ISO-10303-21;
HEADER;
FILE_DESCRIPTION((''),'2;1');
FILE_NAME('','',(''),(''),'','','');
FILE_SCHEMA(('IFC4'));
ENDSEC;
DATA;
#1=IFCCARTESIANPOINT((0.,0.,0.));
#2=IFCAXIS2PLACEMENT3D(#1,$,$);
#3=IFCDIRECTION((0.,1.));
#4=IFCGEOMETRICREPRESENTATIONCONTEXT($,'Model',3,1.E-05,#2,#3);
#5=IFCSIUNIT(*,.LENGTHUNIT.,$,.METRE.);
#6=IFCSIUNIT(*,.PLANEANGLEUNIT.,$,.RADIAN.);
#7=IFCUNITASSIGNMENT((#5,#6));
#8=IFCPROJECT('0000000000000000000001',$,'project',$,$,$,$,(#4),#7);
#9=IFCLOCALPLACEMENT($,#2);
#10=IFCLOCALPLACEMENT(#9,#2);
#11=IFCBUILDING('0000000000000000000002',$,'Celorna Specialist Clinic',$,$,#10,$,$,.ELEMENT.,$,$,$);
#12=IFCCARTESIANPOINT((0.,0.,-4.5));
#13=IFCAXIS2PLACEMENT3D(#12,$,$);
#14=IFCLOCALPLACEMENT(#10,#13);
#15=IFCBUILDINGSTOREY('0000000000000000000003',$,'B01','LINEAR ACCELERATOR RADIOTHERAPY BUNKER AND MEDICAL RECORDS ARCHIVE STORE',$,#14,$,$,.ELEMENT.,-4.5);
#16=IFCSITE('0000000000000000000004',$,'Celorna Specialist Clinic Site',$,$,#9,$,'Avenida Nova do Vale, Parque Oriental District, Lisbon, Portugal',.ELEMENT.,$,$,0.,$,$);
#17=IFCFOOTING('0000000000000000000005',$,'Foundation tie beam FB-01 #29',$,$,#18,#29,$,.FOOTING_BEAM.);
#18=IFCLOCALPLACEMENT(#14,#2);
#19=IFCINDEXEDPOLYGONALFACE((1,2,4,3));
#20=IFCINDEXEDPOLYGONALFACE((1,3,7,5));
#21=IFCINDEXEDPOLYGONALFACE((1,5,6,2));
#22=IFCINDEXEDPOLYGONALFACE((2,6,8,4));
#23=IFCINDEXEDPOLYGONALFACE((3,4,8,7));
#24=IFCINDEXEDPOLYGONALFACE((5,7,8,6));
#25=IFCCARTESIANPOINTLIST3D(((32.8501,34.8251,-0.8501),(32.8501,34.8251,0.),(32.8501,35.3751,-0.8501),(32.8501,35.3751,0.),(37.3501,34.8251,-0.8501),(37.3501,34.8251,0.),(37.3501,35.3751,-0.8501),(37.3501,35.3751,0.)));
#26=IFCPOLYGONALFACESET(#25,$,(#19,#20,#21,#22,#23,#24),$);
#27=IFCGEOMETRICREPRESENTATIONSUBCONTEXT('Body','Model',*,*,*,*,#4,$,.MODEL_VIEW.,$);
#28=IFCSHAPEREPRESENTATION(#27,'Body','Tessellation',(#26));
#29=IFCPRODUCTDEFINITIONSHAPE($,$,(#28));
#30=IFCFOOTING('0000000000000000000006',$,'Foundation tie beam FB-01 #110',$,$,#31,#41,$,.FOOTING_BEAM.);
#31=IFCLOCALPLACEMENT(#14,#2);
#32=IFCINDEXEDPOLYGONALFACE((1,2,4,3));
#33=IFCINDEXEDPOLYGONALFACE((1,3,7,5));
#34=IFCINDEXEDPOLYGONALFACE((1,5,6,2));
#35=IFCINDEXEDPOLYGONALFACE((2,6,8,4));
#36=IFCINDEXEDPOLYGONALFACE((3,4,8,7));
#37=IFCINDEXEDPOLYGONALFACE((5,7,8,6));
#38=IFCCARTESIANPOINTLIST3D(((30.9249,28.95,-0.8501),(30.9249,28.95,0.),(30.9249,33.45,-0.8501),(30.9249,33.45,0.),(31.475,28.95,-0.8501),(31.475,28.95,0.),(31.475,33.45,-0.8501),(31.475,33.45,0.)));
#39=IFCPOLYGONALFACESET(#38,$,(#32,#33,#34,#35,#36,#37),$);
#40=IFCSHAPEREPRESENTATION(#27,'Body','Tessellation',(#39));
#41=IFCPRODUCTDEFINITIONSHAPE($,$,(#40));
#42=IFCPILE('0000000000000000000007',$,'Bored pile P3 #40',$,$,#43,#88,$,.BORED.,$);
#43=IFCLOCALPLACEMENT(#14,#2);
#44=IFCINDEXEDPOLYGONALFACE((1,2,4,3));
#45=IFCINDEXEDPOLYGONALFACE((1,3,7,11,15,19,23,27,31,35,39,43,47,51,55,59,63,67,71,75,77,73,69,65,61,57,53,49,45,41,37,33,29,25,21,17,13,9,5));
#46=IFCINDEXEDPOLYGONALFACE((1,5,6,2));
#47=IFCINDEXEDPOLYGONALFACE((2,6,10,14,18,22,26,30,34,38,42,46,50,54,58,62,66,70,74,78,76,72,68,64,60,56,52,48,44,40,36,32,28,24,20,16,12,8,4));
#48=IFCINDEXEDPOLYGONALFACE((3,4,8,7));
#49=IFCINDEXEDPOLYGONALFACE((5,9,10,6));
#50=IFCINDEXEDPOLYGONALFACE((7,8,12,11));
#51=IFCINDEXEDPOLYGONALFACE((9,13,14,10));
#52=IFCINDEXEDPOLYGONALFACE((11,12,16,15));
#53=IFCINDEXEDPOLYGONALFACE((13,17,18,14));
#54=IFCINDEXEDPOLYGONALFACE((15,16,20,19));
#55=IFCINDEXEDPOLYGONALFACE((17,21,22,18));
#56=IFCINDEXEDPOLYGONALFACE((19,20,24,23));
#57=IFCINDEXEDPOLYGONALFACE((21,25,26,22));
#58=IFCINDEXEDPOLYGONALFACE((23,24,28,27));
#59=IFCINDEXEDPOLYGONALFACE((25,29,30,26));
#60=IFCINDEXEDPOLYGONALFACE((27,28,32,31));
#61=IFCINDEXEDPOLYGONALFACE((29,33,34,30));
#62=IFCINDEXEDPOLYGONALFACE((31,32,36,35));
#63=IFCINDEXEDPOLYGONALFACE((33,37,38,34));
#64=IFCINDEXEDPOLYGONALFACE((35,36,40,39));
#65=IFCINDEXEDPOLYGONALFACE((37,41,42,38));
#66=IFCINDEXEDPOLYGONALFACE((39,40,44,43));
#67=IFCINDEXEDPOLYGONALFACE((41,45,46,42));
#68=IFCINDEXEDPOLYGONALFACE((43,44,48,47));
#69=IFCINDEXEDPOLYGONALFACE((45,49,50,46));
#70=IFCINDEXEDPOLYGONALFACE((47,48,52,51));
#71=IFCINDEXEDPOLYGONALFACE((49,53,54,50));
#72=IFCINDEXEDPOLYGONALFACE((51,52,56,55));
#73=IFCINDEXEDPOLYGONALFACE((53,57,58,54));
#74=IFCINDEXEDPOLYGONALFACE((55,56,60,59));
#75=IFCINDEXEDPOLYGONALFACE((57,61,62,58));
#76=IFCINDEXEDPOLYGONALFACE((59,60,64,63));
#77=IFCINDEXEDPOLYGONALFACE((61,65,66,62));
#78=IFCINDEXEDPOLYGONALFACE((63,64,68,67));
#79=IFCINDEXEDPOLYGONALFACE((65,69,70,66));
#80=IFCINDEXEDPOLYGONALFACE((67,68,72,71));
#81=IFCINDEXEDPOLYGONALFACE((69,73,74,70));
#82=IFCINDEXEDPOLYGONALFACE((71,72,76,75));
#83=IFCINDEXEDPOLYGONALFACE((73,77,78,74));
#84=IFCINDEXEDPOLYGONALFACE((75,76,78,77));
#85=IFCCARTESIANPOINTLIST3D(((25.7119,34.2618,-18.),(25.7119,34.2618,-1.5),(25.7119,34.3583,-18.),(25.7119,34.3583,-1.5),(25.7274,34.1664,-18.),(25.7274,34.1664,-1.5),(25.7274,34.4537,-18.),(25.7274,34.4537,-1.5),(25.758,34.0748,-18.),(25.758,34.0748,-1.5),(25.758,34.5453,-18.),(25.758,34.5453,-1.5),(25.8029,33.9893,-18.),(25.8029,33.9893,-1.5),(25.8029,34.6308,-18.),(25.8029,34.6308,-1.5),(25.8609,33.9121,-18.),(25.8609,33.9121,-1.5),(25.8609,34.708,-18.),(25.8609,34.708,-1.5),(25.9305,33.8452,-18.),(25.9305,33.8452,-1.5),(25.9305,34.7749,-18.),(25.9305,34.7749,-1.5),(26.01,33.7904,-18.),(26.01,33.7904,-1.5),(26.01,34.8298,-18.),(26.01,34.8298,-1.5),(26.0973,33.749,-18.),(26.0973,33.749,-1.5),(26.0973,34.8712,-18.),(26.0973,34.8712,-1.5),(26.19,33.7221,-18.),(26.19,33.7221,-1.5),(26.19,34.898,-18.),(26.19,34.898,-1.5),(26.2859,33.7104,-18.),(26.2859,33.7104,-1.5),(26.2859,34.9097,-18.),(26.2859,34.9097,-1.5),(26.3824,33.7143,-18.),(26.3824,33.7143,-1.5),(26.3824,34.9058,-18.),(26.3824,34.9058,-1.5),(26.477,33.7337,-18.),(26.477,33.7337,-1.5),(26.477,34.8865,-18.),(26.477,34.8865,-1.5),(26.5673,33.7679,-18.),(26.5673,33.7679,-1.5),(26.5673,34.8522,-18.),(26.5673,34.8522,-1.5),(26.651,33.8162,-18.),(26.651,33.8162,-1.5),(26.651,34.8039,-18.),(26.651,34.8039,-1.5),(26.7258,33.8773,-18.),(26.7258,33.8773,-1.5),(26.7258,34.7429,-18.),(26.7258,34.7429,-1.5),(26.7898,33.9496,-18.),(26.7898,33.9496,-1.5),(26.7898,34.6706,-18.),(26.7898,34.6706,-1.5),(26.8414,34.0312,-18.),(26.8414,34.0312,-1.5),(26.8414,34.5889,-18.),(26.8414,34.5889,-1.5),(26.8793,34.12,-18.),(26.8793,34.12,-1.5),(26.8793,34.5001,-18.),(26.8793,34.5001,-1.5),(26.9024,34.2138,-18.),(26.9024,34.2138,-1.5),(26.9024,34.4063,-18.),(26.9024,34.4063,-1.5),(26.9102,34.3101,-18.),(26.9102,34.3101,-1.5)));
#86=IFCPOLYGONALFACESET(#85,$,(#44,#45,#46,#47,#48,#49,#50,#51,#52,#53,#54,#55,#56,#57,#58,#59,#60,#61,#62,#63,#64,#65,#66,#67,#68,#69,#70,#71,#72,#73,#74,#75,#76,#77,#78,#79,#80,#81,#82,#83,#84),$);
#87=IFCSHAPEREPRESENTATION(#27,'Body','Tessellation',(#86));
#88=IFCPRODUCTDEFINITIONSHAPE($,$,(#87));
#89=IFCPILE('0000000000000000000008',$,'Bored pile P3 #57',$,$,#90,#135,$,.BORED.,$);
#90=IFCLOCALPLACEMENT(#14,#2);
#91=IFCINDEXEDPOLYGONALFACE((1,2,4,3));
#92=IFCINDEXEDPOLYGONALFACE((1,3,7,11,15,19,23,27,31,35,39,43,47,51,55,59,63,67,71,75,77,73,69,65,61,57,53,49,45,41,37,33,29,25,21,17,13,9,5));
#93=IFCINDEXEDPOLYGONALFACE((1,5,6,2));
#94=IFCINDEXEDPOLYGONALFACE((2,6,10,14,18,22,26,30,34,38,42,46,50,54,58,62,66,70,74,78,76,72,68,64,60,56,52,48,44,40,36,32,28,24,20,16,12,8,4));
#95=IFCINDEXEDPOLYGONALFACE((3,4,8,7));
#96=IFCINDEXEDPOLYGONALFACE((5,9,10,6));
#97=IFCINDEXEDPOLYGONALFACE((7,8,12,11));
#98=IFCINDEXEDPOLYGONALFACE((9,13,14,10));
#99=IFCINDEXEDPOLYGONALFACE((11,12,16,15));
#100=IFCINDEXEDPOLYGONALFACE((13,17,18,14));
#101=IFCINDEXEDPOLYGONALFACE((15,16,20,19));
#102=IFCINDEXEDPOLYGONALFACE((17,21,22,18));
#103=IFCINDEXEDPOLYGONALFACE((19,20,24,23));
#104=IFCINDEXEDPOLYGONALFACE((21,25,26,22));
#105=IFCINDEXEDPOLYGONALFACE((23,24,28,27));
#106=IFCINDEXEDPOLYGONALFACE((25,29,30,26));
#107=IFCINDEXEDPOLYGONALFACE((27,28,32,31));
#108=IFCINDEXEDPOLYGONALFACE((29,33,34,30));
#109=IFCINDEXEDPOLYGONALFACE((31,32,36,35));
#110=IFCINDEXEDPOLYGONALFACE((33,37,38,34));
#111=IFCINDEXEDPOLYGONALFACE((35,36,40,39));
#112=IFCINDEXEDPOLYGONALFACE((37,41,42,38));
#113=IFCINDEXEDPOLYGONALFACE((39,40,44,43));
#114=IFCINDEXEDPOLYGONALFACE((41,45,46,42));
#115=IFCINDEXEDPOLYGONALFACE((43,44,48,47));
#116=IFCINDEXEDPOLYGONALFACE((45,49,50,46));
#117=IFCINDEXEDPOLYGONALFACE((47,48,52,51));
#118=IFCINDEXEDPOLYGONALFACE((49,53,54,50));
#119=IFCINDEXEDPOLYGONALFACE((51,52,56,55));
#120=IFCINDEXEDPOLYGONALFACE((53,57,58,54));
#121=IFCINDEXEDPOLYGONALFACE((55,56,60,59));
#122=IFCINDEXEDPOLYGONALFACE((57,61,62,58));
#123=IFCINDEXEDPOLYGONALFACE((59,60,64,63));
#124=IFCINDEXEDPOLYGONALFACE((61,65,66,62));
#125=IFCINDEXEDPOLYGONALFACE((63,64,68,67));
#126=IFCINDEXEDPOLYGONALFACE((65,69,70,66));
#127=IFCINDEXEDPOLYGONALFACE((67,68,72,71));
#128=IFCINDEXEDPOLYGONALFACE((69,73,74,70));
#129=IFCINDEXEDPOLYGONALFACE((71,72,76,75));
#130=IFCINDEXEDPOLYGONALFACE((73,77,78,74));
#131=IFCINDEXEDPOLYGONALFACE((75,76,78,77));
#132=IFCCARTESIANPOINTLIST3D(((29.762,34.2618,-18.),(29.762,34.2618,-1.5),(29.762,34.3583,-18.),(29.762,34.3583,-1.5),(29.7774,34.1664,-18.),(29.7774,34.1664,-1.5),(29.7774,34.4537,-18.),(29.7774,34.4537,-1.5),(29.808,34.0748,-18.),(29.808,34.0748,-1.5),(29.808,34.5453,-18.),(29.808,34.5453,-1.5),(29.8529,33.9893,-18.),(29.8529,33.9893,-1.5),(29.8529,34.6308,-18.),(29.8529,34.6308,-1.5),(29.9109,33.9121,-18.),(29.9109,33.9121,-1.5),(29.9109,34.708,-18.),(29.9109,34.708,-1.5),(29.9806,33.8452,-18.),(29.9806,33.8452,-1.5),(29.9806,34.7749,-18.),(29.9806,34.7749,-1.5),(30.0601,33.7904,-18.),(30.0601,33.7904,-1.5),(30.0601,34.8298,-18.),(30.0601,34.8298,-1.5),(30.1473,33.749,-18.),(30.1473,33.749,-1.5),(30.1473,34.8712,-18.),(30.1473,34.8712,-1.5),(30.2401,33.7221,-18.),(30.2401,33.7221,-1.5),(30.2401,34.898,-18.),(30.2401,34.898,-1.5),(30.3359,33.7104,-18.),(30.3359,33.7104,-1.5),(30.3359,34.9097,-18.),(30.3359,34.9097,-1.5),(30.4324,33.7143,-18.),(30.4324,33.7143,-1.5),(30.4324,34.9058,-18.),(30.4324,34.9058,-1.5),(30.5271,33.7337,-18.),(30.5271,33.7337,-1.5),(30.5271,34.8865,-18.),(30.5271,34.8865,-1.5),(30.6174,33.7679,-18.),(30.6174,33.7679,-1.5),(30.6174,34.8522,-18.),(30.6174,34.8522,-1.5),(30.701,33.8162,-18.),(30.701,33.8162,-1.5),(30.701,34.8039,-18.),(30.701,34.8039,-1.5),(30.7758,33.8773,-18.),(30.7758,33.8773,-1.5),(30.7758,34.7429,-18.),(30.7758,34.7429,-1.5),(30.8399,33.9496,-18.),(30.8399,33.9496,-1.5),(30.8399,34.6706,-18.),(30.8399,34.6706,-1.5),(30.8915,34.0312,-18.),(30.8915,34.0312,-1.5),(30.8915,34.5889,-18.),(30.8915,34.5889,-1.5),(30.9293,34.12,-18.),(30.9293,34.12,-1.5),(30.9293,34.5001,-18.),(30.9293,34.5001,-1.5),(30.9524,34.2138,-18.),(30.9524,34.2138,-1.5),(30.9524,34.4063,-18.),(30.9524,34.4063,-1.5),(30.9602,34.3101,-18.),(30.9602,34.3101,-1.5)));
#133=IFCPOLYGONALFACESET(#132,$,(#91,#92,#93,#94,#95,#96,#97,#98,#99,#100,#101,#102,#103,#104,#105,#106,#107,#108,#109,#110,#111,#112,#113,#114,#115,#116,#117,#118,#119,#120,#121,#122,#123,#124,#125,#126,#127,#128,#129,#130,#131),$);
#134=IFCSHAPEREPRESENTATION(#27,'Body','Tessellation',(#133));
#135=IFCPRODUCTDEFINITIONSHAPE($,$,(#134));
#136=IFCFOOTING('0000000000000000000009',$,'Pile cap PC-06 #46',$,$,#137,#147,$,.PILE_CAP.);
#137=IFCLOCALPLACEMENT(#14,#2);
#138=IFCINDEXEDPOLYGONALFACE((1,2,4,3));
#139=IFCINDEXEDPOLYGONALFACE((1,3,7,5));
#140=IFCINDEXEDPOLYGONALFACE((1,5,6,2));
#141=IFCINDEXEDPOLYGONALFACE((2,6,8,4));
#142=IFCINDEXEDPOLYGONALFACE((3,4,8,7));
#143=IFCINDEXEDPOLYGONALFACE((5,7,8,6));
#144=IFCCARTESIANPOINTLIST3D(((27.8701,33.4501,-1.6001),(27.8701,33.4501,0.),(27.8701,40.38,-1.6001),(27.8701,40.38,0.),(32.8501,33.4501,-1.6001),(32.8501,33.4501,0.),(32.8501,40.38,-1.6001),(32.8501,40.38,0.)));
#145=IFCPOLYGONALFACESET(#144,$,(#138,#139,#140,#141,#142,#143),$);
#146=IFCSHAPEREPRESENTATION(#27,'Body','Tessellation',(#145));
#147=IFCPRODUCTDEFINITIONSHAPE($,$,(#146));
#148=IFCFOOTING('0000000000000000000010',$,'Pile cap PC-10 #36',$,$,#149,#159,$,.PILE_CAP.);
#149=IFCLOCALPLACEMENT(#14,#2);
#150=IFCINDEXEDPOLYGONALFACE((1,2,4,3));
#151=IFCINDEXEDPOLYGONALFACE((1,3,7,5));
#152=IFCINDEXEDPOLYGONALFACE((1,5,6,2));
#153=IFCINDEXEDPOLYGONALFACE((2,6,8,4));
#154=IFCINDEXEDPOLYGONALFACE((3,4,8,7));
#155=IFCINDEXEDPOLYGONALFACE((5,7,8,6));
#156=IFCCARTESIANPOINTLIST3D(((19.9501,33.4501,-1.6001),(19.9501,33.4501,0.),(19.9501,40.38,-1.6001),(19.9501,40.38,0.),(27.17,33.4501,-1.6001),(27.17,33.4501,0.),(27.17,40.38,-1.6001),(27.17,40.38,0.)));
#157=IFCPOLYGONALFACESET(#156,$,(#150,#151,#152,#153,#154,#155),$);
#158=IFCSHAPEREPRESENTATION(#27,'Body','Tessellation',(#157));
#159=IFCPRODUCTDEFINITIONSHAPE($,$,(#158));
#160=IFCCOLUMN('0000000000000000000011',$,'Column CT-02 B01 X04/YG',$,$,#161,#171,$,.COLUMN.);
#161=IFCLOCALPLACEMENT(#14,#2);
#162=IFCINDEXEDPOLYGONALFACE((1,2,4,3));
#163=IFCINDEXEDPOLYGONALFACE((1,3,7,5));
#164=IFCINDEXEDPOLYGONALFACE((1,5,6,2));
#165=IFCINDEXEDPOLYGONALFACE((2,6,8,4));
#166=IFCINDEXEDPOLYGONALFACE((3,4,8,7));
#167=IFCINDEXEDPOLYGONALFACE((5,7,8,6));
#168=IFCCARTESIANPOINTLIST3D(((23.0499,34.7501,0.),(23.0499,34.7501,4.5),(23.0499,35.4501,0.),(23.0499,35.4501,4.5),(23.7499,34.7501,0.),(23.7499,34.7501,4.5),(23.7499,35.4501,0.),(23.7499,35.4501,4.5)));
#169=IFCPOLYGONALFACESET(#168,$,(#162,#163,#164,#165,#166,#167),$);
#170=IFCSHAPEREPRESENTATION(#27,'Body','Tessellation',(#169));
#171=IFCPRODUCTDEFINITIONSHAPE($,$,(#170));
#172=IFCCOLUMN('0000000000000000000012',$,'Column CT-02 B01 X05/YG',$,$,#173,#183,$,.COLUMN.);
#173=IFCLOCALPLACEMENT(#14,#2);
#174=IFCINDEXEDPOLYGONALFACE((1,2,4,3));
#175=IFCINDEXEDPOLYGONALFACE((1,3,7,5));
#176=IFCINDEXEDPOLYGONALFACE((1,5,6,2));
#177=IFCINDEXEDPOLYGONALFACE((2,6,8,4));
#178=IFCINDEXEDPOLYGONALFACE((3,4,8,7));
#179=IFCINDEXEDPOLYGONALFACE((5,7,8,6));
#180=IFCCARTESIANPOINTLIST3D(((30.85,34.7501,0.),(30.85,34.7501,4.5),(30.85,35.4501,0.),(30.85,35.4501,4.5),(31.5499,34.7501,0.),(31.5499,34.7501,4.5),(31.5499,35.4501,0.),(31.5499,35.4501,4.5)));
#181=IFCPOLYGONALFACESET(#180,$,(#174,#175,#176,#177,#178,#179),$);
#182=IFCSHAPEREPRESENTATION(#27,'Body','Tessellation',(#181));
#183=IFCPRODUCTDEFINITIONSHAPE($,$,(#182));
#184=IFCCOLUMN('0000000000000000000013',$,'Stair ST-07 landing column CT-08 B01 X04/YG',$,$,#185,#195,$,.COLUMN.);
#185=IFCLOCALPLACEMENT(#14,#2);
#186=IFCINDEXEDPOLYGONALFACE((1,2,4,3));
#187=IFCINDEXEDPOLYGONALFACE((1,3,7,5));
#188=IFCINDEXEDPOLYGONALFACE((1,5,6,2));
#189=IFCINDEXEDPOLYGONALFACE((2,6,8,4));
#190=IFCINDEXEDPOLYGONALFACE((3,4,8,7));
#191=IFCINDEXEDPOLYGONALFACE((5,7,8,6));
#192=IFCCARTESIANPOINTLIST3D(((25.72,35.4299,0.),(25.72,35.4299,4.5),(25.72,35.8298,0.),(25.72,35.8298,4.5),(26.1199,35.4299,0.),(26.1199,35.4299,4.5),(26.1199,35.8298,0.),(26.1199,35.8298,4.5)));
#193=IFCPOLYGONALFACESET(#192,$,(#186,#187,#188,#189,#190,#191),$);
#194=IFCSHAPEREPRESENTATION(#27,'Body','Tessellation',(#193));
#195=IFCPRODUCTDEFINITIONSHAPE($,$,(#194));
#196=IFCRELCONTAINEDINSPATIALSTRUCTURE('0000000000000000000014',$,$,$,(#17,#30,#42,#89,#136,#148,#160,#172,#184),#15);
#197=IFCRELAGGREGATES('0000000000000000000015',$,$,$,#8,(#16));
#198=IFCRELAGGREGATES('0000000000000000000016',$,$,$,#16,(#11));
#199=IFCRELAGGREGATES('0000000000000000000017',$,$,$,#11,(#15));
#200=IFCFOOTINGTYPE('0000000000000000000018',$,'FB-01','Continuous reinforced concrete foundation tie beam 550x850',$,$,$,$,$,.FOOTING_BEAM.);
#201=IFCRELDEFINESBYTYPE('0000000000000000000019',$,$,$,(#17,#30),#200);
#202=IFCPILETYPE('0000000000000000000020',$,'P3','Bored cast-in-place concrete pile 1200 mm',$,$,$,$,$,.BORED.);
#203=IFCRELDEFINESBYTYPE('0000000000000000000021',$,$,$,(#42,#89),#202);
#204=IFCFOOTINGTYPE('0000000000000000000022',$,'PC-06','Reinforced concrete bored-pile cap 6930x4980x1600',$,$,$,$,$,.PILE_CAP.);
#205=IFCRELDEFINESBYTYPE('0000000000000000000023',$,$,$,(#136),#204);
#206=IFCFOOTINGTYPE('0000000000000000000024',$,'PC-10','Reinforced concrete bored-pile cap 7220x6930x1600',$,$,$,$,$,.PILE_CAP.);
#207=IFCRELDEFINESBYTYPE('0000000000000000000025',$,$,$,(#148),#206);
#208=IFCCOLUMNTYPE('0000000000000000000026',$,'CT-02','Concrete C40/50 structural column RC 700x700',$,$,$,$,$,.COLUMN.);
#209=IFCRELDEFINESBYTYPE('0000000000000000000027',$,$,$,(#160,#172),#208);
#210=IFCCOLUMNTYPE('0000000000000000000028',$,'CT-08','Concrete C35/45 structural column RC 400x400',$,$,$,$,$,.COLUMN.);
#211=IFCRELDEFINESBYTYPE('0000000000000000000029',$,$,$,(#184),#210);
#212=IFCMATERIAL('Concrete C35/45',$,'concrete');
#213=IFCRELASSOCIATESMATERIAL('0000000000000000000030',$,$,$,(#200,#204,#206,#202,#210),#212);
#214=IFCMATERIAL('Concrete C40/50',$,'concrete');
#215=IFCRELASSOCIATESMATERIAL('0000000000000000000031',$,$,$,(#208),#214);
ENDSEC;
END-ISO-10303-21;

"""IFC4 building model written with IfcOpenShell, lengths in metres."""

from ifc_helpers import new_model, si_unit, direction, frame, origin, origin_2d, place, context, subcontext, project, spatial, rectangle, circle, extrude, material, material_profile, profile_set, type_object, element, save


model = new_model("IFC4")

# Units and contexts
model_context = context("Model", 3, precision=1e-05, world=origin(), true_north=direction((0.0, 1.0)))
body_context = subcontext(model_context, "Body", "Model", "MODEL_VIEW")
ifc_project = project(units=[si_unit("LENGTHUNIT", "METRE"), si_unit("PLANEANGLEUNIT", "RADIAN")], contexts=[model_context])

# Site, building, storey
site_placement = place(None, origin())
site = spatial("IfcSite", under=ifc_project, at=site_placement, Name="Celorna Specialist Clinic Site", LongName="Avenida Nova do Vale, Parque Oriental District, Lisbon, Portugal", CompositionType="ELEMENT", RefElevation=0.0)
building_placement = place(site_placement, origin())
building = spatial("IfcBuilding", under=site, at=building_placement, Name="Celorna Specialist Clinic", CompositionType="ELEMENT")
storey_placement = place(building_placement, frame((0.0, 0.0, -4.5)))
storey = spatial("IfcBuildingStorey", under=building, at=storey_placement, Name="B01", Description="LINEAR ACCELERATOR RADIOTHERAPY BUNKER AND MEDICAL RECORDS ARCHIVE STORE", CompositionType="ELEMENT", Elevation=-4.5)

# Footings
ifc_material_1 = material(Name="Concrete C35/45", Category="concrete")
footing_type_1 = type_object("IfcFootingType", Name="FB-01", Description="Continuous reinforced concrete foundation tie beam 550x850", PredefinedType="FOOTING_BEAM", material=ifc_material_1)
for number, where, z_axis, x_axis, name in (
    (1, (35.1001, 35.1001, -0.8501), (0.0, 0.0, 1.0), (1.0, 0.0, 0.0), "Foundation tie beam FB-01 #29"),
    (2, (31.2, 31.2, -0.8501), (0.0, 0.0, 1.0), (0.0, 1.0, 0.0), "Foundation tie beam FB-01 #110"),
):
    element("IfcFooting", number, at=place(storey_placement, frame(where, z_axis=z_axis, x_axis=x_axis)), inside=storey, type_object=footing_type_1, Name=name, PredefinedType="FOOTING_BEAM", context=body_context, shape_type="SweptSolid", body=[
        extrude(rectangle(XDim=4.5, YDim=0.55, at=origin_2d()), origin(), (0.0, 0.0, 1.0), 0.8501),
    ])

# Piles
ifc_material_profile_1 = material_profile(ifc_material_1, circle(Radius=0.6001, at=origin_2d()), Name="BORED PILE 1200")
ifc_profile_set_1 = profile_set([ifc_material_profile_1], Name="Concrete C35/45")
pile_type = type_object("IfcPileType", Name="P3", Description="Bored cast-in-place concrete pile 1200 mm", PredefinedType="BORED", material=ifc_profile_set_1)
for number, where, z_axis, x_axis, name in (
    (3, (26.3101, 34.3101, -1.5), (0.0, 0.0, -1.0), (1.0, 0.0, 0.0), "Bored pile P3 #40"),
    (4, (30.3601, 34.3101, -1.5), (0.0, 0.0, -1.0), (1.0, 0.0, 0.0), "Bored pile P3 #57"),
):
    element("IfcPile", number, at=place(storey_placement, frame(where, z_axis=z_axis, x_axis=x_axis)), inside=storey, type_object=pile_type, Name=name, PredefinedType="BORED", context=body_context, shape_type="SweptSolid", body=[
        extrude(circle(Radius=0.6001, at=origin_2d()), origin(), (0.0, 0.0, 1.0), 16.5),
    ])

# Footings
footing_type_2 = type_object("IfcFootingType", Name="PC-06", Description="Reinforced concrete bored-pile cap 6930x4980x1600", PredefinedType="PILE_CAP", material=ifc_material_1)
footing_1_placement = place(storey_placement, frame((30.3601, 36.915, -1.6001), z_axis=(0.0, 0.0, 1.0), x_axis=(1.0, 0.0, 0.0)))
element("IfcFooting", 5, at=footing_1_placement, inside=storey, type_object=footing_type_2, Name="Pile cap PC-06 #46", PredefinedType="PILE_CAP", context=body_context, shape_type="SweptSolid", body=[
    extrude(rectangle(XDim=4.98, YDim=6.9299, at=origin_2d()), origin(), (0.0, 0.0, 1.0), 1.6001),
])
footing_type_3 = type_object("IfcFootingType", Name="PC-10", Description="Reinforced concrete bored-pile cap 7220x6930x1600", PredefinedType="PILE_CAP", material=ifc_material_1)
footing_2_placement = place(storey_placement, frame((23.5601, 36.915, -1.6001), z_axis=(0.0, 0.0, 1.0), x_axis=(1.0, 0.0, 0.0)))
element("IfcFooting", 6, at=footing_2_placement, inside=storey, type_object=footing_type_3, Name="Pile cap PC-10 #36", PredefinedType="PILE_CAP", context=body_context, shape_type="SweptSolid", body=[
    extrude(rectangle(XDim=7.22, YDim=6.9299, at=origin_2d()), origin(), (0.0, 0.0, 1.0), 1.6001),
])

# Columns
ifc_material_2 = material(Name="Concrete C40/50", Category="concrete")
ifc_material_profile_2 = material_profile(ifc_material_2, rectangle(XDim=0.7, YDim=0.7, at=origin_2d()), Name="RC 700x700")
ifc_profile_set_2 = profile_set([ifc_material_profile_2], Name="Concrete C40/50")
column_type_1 = type_object("IfcColumnType", Name="CT-02", Description="Concrete C40/50 structural column RC 700x700", PredefinedType="COLUMN", material=ifc_profile_set_2)
for number, where, z_axis, x_axis, name in (
    (7, (23.3999, 35.1001, 0.0), (0.0, 0.0, 1.0), (1.0, 0.0, 0.0), "Column CT-02 B01 X04/YG"),
    (8, (31.2, 35.1001, 0.0), (0.0, 0.0, 1.0), (1.0, 0.0, 0.0), "Column CT-02 B01 X05/YG"),
):
    element("IfcColumn", number, at=place(storey_placement, frame(where, z_axis=z_axis, x_axis=x_axis)), inside=storey, type_object=column_type_1, Name=name, PredefinedType="COLUMN", context=body_context, shape_type="SweptSolid", body=[
        extrude(rectangle(XDim=0.7, YDim=0.7, at=origin_2d()), origin(), (0.0, 0.0, 1.0), 4.5),
    ])
ifc_material_profile_3 = material_profile(ifc_material_1, rectangle(XDim=0.3999, YDim=0.3999, at=origin_2d()), Name="RC 400x400")
ifc_profile_set_3 = profile_set([ifc_material_profile_3], Name="Concrete C35/45")
column_type_2 = type_object("IfcColumnType", Name="CT-08", Description="Concrete C35/45 structural column RC 400x400", PredefinedType="COLUMN", material=ifc_profile_set_3)
for number, where, z_axis, x_axis, name in (
    (9, (25.9199, 35.6299, 0.0), (0.0, 0.0, 1.0), (1.0, 0.0, 0.0), "Stair ST-07 landing column CT-08 B01 X04/YG"),
):
    element("IfcColumn", number, at=place(storey_placement, frame(where, z_axis=z_axis, x_axis=x_axis)), inside=storey, type_object=column_type_2, Name=name, PredefinedType="COLUMN", context=body_context, shape_type="SweptSolid", body=[
        extrude(rectangle(XDim=0.3999, YDim=0.3999, at=origin_2d()), origin(), (0.0, 0.0, 1.0), 4.5),
    ])

save(model, "model.ifc")
